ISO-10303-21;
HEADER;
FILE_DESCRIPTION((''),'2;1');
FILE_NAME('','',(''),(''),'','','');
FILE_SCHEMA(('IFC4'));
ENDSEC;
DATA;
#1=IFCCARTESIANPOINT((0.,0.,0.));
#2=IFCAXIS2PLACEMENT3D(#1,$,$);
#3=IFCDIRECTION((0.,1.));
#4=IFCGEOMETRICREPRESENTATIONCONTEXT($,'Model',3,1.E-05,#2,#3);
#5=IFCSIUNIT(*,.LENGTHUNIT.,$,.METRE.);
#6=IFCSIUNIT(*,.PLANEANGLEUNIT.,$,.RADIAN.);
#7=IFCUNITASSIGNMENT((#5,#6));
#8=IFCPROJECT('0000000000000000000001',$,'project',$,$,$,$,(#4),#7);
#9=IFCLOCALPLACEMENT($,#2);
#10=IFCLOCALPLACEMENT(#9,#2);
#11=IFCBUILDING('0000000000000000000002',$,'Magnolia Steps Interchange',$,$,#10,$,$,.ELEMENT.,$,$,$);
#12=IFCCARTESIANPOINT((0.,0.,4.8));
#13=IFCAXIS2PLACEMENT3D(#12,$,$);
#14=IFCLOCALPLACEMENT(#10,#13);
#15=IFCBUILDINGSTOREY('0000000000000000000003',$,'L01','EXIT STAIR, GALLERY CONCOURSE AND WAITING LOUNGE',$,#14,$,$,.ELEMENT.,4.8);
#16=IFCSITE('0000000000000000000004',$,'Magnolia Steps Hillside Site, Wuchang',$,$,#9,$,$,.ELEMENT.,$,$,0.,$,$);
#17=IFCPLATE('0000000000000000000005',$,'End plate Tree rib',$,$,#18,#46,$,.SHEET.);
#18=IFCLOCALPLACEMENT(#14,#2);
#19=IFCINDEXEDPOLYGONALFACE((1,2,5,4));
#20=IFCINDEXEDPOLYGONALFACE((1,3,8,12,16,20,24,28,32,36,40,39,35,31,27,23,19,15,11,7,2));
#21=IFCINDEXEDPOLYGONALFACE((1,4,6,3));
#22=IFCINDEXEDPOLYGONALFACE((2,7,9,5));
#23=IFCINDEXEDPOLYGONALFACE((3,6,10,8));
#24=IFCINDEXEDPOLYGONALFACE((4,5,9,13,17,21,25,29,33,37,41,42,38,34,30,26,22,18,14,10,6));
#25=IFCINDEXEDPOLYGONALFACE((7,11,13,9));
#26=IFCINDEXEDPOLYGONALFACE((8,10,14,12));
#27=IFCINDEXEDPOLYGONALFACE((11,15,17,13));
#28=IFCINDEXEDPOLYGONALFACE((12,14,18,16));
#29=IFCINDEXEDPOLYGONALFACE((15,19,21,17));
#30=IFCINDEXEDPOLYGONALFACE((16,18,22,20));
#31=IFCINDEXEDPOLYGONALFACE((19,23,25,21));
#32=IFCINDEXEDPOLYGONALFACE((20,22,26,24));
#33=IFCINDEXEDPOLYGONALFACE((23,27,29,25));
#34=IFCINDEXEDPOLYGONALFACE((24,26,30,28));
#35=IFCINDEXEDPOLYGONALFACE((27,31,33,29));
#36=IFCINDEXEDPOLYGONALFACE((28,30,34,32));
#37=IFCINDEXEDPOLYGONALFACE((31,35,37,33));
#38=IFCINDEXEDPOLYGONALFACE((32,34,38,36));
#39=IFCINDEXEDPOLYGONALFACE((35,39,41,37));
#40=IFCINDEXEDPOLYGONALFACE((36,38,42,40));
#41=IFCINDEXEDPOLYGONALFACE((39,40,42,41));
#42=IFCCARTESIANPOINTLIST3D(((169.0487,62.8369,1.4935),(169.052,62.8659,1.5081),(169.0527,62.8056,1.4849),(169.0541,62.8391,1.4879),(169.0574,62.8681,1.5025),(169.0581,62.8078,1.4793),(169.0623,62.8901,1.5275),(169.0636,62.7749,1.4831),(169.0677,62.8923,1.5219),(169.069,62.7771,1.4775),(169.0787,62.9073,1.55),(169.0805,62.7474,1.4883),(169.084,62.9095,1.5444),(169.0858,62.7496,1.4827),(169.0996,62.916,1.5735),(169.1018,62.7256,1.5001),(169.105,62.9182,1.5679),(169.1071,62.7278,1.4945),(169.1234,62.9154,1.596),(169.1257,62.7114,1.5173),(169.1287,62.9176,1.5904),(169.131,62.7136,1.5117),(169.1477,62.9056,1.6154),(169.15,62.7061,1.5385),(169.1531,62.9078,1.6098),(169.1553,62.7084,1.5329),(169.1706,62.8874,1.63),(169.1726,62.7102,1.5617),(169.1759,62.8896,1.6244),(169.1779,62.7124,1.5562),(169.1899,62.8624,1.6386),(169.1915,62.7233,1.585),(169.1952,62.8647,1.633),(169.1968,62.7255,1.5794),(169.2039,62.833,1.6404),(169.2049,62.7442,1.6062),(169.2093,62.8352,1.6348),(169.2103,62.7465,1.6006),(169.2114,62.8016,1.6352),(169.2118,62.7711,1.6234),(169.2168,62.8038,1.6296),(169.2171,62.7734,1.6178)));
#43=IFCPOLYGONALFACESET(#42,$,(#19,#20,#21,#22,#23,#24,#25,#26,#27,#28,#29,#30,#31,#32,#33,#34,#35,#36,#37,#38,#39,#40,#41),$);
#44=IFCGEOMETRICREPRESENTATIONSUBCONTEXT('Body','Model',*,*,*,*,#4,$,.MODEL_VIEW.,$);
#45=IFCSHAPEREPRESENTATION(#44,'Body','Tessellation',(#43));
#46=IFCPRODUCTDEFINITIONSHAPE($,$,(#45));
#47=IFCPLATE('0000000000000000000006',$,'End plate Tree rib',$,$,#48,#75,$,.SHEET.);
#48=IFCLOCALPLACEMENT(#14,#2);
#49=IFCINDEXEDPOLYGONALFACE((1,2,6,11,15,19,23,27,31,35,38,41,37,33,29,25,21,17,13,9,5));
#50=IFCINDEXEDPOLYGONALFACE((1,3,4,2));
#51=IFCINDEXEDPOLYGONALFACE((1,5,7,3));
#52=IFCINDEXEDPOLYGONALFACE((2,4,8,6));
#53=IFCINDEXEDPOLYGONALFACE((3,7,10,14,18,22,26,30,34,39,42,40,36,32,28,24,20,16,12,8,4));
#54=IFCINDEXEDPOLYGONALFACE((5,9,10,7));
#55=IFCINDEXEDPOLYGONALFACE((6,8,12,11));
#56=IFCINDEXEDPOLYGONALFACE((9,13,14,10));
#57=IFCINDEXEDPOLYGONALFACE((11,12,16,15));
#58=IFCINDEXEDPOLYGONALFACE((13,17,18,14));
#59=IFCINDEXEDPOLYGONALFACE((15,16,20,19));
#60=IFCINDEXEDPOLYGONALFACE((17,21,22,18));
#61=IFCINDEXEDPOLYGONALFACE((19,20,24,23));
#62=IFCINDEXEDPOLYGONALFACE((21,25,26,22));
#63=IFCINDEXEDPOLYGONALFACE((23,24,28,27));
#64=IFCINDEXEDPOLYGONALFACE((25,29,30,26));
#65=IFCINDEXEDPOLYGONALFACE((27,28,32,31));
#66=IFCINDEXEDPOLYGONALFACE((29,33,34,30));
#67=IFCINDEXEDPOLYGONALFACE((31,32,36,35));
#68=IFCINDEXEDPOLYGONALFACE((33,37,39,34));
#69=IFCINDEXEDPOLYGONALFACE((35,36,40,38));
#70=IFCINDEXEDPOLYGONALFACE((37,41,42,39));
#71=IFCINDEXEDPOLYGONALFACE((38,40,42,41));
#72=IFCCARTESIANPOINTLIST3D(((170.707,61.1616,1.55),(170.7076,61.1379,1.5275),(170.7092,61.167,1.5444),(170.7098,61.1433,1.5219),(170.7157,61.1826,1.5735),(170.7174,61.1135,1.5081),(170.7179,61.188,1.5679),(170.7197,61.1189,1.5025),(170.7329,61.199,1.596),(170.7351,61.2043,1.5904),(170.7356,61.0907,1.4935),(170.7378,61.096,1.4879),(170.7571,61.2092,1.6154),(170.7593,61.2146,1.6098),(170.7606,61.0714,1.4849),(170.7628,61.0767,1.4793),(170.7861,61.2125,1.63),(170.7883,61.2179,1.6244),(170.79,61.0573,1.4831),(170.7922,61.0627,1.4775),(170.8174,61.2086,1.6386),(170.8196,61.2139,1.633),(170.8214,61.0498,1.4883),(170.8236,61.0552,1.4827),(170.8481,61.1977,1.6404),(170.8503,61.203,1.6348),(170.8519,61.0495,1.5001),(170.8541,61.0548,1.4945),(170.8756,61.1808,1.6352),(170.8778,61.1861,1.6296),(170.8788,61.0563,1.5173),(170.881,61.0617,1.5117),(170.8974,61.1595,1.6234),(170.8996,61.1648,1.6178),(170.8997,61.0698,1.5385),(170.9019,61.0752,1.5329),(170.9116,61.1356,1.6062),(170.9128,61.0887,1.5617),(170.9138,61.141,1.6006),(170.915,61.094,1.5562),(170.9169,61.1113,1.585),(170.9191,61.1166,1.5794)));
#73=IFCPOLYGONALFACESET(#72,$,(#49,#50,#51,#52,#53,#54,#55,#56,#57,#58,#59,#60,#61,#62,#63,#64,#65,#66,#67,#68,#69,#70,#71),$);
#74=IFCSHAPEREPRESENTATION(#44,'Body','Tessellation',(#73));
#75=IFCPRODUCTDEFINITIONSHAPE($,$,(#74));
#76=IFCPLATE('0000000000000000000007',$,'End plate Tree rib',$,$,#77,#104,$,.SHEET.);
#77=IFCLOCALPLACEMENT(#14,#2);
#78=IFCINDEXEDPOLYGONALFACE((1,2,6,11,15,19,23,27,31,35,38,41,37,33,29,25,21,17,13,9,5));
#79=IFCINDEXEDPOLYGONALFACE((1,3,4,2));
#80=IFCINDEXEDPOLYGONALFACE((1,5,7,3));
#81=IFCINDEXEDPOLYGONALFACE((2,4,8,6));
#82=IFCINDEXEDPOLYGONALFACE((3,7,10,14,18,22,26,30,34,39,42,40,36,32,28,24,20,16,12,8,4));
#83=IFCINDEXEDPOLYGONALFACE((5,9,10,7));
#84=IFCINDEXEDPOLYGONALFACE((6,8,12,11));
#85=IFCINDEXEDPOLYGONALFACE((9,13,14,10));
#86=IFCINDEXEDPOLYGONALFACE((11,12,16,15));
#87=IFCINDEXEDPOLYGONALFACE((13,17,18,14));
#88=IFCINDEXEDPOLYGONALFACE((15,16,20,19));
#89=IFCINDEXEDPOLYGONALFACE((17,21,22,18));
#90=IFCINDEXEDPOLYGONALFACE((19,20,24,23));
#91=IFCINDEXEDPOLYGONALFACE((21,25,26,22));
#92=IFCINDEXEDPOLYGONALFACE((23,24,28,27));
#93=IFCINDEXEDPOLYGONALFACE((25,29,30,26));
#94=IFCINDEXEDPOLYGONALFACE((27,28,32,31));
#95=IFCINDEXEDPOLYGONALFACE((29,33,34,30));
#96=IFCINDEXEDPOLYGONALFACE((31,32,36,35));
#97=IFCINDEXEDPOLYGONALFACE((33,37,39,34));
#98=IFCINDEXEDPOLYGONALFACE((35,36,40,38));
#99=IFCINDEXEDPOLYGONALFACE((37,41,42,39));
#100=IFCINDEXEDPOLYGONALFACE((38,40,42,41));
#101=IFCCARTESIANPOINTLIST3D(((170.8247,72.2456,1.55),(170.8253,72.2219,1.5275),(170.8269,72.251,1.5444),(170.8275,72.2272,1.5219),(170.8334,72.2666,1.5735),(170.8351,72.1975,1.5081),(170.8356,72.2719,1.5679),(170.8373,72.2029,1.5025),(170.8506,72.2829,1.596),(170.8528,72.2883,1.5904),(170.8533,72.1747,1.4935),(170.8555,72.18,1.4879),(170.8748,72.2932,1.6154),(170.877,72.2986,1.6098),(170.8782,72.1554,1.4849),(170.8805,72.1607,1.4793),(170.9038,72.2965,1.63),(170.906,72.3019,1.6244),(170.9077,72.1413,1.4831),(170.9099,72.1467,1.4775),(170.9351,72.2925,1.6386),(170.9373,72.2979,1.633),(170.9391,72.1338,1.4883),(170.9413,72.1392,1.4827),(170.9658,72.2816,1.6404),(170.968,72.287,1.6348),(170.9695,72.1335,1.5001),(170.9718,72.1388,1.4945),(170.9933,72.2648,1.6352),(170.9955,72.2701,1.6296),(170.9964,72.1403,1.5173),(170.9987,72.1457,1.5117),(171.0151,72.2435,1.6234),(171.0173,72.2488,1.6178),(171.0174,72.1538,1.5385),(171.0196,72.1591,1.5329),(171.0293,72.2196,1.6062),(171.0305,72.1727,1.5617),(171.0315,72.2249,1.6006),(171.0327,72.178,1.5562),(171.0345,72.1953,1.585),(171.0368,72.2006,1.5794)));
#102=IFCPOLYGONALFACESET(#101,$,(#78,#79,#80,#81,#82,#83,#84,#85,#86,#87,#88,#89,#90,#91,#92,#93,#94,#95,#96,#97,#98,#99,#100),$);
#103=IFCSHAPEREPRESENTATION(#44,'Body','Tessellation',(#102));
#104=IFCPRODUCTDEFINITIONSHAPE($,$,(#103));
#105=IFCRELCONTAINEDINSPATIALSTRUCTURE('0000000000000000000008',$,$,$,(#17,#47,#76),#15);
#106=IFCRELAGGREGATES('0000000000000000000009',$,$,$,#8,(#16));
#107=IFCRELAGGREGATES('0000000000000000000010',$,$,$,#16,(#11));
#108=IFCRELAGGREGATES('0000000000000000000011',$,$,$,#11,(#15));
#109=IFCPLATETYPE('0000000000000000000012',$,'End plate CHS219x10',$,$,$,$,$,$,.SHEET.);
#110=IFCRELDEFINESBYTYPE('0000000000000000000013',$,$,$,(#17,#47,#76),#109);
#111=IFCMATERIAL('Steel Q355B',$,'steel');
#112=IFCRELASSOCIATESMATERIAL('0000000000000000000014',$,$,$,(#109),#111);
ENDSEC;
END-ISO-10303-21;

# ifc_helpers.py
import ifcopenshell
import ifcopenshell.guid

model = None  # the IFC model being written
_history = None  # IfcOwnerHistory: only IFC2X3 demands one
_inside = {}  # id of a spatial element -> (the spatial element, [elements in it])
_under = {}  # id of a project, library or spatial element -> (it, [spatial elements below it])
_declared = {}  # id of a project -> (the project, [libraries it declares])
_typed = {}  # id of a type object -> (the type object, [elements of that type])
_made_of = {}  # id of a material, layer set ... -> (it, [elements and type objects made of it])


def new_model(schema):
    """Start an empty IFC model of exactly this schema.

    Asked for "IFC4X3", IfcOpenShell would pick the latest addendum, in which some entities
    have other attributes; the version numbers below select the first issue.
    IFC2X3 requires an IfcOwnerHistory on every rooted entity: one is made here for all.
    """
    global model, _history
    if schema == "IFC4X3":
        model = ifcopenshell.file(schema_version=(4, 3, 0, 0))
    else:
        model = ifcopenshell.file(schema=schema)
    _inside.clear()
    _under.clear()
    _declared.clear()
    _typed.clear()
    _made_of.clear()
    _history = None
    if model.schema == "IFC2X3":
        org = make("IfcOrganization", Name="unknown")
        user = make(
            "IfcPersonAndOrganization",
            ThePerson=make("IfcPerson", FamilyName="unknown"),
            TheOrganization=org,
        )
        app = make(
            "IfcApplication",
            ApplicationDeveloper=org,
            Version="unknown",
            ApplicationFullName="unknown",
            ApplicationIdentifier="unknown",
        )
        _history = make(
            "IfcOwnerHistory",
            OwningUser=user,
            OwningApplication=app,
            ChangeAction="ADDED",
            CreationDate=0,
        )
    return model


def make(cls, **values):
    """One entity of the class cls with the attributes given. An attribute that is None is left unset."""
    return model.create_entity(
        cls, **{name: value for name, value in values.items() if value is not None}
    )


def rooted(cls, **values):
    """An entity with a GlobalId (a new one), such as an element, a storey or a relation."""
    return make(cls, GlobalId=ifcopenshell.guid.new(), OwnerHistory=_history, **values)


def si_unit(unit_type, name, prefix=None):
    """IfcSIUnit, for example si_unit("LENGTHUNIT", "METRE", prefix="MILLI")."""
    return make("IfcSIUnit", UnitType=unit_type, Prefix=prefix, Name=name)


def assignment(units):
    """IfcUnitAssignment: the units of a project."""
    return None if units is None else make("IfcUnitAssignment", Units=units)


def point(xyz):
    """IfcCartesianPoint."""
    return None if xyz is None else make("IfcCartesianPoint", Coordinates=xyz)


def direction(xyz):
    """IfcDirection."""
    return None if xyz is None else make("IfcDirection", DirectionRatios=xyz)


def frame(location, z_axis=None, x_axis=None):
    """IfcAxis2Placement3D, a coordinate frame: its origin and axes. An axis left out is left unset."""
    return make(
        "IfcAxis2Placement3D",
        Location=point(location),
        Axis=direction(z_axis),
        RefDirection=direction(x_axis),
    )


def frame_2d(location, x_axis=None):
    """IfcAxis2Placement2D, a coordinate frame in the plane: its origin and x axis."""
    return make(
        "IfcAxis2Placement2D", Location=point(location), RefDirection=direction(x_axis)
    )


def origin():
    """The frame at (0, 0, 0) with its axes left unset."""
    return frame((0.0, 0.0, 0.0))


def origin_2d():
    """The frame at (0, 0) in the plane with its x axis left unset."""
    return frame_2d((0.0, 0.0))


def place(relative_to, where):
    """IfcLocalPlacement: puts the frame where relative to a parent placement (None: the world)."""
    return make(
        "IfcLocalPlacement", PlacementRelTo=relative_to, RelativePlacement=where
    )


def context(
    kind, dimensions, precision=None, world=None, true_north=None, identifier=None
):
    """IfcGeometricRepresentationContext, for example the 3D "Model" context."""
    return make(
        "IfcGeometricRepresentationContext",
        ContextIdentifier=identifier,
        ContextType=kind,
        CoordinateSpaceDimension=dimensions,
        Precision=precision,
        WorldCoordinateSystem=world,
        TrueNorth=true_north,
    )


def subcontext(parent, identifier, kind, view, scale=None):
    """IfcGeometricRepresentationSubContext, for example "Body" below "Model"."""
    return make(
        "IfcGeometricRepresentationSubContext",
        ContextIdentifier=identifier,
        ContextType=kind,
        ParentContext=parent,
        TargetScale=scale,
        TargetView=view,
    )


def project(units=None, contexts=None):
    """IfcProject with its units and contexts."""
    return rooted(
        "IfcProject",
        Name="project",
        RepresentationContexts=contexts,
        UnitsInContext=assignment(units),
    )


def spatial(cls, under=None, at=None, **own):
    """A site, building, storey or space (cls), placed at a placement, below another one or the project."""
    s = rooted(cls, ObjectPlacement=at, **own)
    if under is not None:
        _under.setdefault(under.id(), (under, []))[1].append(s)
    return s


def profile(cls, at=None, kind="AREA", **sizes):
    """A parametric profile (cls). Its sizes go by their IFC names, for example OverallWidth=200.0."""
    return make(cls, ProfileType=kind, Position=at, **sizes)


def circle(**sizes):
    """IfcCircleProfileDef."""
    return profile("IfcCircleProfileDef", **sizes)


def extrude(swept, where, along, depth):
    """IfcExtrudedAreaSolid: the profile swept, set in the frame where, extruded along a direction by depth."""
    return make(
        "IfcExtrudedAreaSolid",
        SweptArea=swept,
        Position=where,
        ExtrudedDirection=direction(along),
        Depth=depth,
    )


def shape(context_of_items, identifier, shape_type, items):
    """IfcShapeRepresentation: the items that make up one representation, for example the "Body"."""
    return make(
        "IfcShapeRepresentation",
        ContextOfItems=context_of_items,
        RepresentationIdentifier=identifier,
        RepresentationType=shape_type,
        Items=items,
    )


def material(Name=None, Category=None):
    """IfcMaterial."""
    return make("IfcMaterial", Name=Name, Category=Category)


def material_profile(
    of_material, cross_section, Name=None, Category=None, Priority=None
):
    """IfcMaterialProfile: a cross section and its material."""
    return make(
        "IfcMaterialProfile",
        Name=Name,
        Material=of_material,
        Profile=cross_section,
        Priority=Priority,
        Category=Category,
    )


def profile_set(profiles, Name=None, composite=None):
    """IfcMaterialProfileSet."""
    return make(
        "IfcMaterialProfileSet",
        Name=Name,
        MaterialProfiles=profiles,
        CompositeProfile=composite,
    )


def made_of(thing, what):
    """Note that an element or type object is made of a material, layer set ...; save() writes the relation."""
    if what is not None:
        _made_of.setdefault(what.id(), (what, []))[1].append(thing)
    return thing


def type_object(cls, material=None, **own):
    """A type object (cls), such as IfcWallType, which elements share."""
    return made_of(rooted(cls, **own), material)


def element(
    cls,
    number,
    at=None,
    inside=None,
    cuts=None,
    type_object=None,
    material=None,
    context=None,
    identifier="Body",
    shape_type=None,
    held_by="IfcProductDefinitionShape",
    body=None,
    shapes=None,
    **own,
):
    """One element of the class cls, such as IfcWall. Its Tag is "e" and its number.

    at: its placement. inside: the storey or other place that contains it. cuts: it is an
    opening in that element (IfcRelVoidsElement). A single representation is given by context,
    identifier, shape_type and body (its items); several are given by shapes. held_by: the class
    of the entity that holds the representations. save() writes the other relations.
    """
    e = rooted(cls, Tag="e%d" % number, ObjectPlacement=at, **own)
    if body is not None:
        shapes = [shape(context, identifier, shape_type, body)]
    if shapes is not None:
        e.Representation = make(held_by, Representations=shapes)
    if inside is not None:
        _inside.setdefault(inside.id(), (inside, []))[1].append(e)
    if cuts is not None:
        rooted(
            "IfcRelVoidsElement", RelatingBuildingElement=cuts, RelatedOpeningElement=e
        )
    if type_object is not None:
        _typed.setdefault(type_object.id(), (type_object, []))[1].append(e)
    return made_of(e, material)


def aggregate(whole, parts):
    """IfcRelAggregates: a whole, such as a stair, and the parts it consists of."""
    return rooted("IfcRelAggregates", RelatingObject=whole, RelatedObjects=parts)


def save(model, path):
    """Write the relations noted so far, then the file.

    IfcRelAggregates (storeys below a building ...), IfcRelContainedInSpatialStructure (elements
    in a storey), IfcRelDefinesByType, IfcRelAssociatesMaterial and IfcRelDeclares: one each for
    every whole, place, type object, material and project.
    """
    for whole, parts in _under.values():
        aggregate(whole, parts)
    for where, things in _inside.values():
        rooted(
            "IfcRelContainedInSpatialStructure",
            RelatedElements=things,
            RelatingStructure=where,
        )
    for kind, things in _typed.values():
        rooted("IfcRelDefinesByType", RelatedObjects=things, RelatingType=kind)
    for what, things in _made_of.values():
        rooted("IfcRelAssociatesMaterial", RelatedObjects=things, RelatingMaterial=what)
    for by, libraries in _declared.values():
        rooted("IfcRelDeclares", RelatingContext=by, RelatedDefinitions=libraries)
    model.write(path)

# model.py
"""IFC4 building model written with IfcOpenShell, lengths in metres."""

from ifc_helpers import new_model, si_unit, direction, frame, origin, origin_2d, place, context, subcontext, project, spatial, circle, extrude, material, material_profile, profile_set, type_object, element, save


model = new_model("IFC4")

# Units and contexts
model_context = context("Model", 3, precision=1e-05, world=origin(), true_north=direction((0.0, 1.0)))
body_context = subcontext(model_context, "Body", "Model", "MODEL_VIEW")
ifc_project = project(units=[si_unit("LENGTHUNIT", "METRE"), si_unit("PLANEANGLEUNIT", "RADIAN")], contexts=[model_context])

# Site, building, storey
site_placement = place(None, origin())
site = spatial("IfcSite", under=ifc_project, at=site_placement, Name="Magnolia Steps Hillside Site, Wuchang", CompositionType="ELEMENT", RefElevation=0.0)
building_placement = place(site_placement, origin())
building = spatial("IfcBuilding", under=site, at=building_placement, Name="Magnolia Steps Interchange", CompositionType="ELEMENT")
storey_placement = place(building_placement, frame((0.0, 0.0, 4.8)))
storey = spatial("IfcBuildingStorey", under=building, at=storey_placement, Name="L01", Description="EXIT STAIR, GALLERY CONCOURSE AND WAITING LOUNGE", CompositionType="ELEMENT", Elevation=4.8)

# Plates
ifc_material_1 = material(Name="Steel Q355B", Category="steel")
ifc_material_profile_1 = material_profile(ifc_material_1, circle(Radius=0.1096, at=origin_2d()), Name="End plate CHS219x10")
ifc_profile_set_1 = profile_set([ifc_material_profile_1], Name="Steel Q355B")
plate_type = type_object("IfcPlateType", Name="End plate CHS219x10", PredefinedType="SHEET", material=ifc_profile_set_1)
for number, where, z_axis, x_axis, name in (
    (1, (169.136, 62.8137, 1.5562), (-0.664583, -0.275279, 0.694658), (0.382683, -0.92388, 0.0), "End plate Tree rib"),
    (2, (170.8137, 61.136, 1.5562), (-0.275279, -0.664583, 0.694658), (0.92388, -0.382683, 0.0), "End plate Tree rib"),
    (3, (170.9314, 72.22, 1.5562), (-0.275279, -0.664583, 0.694658), (0.92388, -0.382683, 0.0), "End plate Tree rib"),
):
    element("IfcPlate", number, at=place(storey_placement, frame(where, z_axis=z_axis, x_axis=x_axis)), inside=storey, type_object=plate_type, Name=name, PredefinedType="SHEET", context=body_context, shape_type="SweptSolid", body=[
        extrude(circle(Radius=0.1096, at=origin_2d()), origin(), (0.0, 0.0, 1.0), 0.0081),
    ])

save(model, "model.ifc")
